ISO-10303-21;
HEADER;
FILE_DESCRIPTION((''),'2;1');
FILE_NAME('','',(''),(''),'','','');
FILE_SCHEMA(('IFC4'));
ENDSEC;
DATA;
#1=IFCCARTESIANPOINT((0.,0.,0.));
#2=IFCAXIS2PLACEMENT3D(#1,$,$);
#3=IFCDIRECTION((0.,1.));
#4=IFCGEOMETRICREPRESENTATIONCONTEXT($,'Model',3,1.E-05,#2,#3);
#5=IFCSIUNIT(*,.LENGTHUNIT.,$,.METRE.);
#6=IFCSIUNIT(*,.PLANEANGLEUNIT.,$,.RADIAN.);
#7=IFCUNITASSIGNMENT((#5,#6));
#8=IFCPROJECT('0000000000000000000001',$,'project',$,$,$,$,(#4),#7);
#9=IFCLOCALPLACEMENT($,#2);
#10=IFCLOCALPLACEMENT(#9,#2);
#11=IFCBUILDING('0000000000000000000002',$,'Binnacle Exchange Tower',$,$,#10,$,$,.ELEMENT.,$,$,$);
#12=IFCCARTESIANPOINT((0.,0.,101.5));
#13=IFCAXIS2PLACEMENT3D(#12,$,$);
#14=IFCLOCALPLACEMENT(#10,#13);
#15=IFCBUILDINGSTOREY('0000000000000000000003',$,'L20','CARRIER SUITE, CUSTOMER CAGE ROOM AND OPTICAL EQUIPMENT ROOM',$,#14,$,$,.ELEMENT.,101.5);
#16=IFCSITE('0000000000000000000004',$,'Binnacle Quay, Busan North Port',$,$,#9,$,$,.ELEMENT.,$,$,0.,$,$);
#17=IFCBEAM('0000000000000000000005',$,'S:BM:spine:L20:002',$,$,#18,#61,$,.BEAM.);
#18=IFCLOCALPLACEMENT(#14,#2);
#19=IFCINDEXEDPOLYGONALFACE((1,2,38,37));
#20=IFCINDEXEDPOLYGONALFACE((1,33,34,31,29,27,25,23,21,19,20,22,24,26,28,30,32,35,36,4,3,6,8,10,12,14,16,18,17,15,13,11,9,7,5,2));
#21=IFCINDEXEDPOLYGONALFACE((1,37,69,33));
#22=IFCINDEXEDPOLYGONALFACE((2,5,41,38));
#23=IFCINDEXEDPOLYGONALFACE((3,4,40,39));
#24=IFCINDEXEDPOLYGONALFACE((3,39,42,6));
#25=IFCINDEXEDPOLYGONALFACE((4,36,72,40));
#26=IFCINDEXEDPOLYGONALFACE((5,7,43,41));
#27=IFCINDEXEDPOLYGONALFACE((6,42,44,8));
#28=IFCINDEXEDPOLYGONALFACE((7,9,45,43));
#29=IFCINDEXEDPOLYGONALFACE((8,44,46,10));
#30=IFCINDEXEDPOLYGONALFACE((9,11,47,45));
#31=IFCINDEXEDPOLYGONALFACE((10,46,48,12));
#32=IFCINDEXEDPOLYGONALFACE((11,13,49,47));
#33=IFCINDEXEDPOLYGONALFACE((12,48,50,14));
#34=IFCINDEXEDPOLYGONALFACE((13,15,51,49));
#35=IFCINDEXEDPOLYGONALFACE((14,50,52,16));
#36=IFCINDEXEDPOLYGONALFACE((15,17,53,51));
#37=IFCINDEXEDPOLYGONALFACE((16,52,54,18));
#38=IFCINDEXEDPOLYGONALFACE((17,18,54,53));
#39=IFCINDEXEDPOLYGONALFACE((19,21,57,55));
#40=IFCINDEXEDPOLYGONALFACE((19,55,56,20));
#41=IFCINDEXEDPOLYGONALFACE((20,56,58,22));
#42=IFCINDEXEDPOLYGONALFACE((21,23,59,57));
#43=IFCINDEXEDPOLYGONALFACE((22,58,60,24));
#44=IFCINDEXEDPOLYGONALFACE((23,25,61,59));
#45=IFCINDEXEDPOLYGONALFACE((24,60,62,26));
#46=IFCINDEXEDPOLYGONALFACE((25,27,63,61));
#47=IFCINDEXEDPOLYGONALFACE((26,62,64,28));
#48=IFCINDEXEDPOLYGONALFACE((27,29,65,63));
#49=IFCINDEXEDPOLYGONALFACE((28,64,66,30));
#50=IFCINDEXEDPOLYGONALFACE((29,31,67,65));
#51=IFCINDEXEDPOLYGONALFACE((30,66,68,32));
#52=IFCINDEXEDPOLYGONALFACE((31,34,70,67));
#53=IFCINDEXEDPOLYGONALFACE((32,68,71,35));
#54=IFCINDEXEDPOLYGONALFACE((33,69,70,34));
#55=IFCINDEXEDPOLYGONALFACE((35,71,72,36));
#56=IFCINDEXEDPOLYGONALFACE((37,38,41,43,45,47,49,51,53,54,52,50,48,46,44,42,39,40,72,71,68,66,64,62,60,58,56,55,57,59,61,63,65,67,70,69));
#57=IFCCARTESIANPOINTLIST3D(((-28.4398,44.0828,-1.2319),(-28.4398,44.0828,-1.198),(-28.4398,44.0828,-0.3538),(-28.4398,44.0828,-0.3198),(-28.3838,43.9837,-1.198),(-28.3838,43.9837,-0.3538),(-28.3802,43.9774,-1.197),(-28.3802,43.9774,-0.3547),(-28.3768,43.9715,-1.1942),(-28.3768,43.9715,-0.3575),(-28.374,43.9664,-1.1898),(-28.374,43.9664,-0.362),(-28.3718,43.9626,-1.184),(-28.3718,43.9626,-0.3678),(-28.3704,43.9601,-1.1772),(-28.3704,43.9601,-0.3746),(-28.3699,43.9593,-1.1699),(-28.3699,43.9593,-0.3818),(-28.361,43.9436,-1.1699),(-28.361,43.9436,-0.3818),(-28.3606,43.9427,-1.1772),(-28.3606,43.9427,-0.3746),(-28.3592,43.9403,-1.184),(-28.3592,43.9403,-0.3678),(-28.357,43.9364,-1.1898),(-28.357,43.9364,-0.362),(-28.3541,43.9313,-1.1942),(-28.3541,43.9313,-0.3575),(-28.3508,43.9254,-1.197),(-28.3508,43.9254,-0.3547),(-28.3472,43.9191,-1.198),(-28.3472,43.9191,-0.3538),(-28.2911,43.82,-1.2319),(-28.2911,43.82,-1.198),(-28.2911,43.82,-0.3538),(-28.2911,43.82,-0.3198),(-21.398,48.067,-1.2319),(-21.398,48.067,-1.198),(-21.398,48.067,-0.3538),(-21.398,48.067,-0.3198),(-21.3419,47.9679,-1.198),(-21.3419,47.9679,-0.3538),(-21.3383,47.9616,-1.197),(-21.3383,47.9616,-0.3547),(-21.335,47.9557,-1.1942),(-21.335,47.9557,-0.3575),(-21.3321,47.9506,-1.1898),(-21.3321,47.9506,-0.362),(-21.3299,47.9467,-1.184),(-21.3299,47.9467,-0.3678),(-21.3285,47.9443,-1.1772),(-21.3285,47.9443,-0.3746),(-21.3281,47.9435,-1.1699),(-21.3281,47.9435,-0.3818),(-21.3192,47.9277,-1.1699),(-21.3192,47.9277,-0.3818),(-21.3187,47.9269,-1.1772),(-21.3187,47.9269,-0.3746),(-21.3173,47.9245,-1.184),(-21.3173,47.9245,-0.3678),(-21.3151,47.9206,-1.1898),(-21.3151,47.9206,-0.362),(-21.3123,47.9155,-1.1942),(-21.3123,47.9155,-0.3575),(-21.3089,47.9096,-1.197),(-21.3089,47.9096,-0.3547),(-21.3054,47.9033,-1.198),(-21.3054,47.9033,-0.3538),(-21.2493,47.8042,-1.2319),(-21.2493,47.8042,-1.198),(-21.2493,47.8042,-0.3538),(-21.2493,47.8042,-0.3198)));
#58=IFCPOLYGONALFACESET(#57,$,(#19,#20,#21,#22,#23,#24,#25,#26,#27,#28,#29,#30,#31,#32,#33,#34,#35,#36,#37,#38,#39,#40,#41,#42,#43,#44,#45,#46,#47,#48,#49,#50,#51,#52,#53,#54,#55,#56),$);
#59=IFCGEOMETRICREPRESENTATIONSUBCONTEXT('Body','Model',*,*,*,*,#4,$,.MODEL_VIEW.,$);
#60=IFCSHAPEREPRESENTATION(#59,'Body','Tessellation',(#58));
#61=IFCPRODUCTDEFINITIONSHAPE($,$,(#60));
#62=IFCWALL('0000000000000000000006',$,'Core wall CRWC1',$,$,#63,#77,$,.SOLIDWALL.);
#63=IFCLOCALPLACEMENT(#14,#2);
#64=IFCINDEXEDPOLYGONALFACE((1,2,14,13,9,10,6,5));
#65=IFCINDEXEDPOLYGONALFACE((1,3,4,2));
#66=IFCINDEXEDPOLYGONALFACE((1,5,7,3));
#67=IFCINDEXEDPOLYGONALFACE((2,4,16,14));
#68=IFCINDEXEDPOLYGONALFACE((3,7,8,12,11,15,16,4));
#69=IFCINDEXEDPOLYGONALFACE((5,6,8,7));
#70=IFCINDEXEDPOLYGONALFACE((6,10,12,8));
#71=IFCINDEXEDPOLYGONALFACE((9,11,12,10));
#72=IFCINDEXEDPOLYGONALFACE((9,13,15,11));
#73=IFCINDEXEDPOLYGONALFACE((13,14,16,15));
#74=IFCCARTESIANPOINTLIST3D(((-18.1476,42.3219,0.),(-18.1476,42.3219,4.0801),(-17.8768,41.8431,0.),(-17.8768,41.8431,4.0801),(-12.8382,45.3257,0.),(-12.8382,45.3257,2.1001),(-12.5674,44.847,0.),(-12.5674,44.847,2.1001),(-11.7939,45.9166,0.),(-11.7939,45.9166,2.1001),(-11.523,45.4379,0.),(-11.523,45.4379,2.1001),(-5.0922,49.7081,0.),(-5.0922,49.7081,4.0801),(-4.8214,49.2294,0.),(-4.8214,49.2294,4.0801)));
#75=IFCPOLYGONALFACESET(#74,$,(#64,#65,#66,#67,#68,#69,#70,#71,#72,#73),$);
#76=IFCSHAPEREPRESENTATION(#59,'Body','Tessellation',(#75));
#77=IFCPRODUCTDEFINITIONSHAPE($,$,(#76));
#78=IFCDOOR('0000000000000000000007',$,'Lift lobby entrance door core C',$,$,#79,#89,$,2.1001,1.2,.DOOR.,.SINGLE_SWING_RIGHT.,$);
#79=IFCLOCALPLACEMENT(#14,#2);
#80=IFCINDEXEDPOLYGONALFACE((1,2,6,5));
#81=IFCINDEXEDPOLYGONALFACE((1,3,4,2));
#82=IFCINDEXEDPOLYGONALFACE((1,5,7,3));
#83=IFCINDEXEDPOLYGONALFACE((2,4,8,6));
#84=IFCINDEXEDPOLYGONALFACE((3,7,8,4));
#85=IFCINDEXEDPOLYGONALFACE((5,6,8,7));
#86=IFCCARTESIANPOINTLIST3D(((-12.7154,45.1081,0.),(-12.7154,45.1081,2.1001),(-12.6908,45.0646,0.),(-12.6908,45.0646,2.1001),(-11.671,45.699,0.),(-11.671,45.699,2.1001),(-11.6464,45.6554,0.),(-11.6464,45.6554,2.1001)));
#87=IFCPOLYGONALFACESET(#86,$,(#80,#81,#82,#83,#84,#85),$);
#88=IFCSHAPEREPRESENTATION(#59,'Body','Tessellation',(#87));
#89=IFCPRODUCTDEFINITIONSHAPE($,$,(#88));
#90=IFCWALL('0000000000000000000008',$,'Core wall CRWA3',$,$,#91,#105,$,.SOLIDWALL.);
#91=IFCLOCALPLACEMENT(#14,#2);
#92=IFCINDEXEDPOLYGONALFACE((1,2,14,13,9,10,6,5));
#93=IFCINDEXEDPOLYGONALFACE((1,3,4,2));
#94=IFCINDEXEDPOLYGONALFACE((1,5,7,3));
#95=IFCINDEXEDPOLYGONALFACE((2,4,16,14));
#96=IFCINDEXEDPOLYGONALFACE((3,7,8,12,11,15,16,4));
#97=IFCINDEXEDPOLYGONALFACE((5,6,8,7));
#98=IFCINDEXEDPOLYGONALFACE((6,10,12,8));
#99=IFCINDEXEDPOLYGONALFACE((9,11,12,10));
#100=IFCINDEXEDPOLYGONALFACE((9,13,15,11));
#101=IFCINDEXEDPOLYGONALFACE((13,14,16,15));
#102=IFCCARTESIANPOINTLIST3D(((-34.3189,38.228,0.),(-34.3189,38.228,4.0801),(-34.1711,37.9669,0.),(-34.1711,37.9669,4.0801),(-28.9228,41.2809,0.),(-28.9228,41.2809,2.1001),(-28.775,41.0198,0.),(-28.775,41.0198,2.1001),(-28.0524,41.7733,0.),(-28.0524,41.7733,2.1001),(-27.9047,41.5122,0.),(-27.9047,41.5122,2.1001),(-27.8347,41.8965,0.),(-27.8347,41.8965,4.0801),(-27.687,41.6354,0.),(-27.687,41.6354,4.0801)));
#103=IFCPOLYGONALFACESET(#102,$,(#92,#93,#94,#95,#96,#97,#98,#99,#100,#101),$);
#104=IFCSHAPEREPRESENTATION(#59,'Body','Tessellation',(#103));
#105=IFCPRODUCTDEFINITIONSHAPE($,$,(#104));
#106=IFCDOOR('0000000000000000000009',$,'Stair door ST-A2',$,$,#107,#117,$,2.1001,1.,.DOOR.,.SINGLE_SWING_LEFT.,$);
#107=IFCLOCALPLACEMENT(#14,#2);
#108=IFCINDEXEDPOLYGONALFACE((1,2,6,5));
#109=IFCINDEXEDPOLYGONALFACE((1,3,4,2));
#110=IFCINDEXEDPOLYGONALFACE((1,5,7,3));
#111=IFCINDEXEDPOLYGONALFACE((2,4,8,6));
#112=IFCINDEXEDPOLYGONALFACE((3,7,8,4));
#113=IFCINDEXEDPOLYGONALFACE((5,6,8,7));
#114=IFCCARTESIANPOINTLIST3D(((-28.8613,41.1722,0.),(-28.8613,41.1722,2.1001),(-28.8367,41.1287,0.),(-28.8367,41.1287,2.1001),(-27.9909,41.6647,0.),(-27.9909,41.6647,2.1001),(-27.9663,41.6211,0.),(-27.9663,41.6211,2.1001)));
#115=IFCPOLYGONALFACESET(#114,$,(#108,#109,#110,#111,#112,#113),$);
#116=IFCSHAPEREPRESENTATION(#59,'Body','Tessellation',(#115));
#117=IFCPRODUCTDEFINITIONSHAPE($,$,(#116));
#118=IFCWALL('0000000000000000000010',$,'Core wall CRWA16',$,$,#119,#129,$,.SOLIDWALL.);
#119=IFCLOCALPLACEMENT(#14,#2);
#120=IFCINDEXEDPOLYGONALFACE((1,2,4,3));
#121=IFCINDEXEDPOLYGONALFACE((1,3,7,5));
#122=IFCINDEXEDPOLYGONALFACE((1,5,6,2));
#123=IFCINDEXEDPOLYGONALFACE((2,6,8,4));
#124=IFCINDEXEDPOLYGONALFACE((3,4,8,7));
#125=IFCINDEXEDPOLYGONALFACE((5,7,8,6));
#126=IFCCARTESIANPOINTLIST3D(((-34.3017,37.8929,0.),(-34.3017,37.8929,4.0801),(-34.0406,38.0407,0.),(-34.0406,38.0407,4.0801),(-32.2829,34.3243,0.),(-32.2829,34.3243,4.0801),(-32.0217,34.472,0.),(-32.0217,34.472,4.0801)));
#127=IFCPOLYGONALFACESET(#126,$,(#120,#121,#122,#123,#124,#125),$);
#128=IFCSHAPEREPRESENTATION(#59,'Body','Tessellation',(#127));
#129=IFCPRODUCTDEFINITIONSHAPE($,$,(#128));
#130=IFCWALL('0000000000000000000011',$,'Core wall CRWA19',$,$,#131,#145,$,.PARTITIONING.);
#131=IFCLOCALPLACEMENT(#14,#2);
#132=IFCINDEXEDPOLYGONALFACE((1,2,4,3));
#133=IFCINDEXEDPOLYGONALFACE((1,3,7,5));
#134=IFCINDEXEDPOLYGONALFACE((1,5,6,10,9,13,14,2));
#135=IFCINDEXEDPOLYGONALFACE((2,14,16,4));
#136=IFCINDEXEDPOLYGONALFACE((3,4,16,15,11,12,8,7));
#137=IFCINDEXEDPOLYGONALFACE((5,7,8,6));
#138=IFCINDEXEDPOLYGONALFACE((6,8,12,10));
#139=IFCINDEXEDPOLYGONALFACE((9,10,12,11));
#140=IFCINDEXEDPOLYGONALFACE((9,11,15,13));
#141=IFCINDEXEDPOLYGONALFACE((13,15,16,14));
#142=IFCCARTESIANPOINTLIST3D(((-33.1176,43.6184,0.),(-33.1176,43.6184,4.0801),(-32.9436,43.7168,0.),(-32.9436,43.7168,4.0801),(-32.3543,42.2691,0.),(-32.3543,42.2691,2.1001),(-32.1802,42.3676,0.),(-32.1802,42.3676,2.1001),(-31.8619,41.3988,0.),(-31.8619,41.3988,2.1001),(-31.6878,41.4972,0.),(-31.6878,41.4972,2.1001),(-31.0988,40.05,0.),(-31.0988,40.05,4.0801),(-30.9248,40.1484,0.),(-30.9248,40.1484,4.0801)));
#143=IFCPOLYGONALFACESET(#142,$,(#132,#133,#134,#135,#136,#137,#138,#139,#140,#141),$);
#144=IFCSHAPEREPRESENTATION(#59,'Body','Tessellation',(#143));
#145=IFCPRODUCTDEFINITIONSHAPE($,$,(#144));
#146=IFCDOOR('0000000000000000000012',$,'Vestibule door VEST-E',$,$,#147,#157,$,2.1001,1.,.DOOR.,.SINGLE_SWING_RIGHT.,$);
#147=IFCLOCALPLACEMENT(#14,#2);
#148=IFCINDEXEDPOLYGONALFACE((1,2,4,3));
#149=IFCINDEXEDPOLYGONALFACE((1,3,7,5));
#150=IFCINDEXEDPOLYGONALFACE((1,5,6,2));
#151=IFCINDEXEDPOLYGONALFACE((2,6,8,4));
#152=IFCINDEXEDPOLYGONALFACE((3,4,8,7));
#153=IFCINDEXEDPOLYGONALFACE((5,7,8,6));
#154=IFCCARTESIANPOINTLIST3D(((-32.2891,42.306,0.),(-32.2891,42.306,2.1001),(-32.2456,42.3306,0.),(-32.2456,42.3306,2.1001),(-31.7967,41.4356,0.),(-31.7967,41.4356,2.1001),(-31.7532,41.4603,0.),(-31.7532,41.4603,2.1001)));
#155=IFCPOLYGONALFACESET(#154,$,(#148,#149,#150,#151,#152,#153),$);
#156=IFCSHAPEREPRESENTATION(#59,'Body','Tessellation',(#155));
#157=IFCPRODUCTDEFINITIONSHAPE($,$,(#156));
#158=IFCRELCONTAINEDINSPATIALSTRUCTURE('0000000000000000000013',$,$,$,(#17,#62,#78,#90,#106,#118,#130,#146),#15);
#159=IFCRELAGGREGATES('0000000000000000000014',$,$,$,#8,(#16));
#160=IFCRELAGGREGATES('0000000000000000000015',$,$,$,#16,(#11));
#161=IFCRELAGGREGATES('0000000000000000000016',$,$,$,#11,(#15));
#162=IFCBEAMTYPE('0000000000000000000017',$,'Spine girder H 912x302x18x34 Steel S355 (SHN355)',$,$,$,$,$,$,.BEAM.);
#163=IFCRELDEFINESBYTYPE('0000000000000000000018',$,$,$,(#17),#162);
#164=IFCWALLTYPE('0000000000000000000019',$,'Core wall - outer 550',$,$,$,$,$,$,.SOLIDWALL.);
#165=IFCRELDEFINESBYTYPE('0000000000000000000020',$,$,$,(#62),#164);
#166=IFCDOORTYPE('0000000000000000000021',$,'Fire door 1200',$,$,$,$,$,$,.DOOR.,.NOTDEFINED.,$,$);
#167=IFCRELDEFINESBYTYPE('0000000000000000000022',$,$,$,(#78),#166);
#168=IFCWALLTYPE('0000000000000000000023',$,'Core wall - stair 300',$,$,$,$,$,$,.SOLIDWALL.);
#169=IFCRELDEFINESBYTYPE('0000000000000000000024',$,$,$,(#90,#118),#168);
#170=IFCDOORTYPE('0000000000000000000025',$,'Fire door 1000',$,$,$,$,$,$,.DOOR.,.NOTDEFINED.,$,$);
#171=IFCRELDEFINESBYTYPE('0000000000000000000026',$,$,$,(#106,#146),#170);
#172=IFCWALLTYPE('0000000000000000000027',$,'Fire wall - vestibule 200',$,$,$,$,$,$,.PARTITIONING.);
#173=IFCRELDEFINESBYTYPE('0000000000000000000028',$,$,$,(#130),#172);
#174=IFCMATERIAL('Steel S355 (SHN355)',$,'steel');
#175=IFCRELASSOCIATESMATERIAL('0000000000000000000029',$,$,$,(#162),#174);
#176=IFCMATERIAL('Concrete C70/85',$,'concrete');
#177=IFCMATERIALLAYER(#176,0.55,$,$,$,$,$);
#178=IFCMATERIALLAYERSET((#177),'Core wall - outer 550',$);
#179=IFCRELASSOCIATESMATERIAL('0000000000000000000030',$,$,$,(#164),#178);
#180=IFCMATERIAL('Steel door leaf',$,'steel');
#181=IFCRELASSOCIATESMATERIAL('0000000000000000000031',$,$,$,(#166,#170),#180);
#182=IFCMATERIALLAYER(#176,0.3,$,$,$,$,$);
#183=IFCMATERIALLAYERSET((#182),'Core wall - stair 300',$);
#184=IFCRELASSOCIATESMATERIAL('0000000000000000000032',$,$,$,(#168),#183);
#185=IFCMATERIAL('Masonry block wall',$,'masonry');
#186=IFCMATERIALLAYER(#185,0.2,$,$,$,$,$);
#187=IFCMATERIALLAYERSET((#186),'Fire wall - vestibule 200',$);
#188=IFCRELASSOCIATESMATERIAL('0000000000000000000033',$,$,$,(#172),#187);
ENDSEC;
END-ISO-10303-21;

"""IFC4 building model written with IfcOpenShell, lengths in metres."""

from ifc_helpers import new_model, si_unit, direction, frame, frame_2d, origin, origin_2d, place, context, subcontext, project, spatial, rectangle, i_section, extrude, material, layer, layer_set, material_profile, profile_set, type_object, element, fill, save


model = new_model("IFC4")

# Units and contexts
model_context = context("Model", 3, precision=1e-05, world=origin(), true_north=direction((0.0, 1.0)))
body_context = subcontext(model_context, "Body", "Model", "MODEL_VIEW")
ifc_project = project(units=[si_unit("LENGTHUNIT", "METRE"), si_unit("PLANEANGLEUNIT", "RADIAN")], contexts=[model_context])

# Site, building, storey
site_placement = place(None, origin())
site = spatial("IfcSite", under=ifc_project, at=site_placement, Name="Binnacle Quay, Busan North Port", CompositionType="ELEMENT", RefElevation=0.0)
building_placement = place(site_placement, origin())
building = spatial("IfcBuilding", under=site, at=building_placement, Name="Binnacle Exchange Tower", CompositionType="ELEMENT")
storey_placement = place(building_placement, frame((0.0, 0.0, 101.5)))
storey = spatial("IfcBuildingStorey", under=building, at=storey_placement, Name="L20", Description="CARRIER SUITE, CUSTOMER CAGE ROOM AND OPTICAL EQUIPMENT ROOM", CompositionType="ELEMENT", Elevation=101.5)

# Shared definitions
ifc_material_1 = material(Name="Concrete C70/85", Category="concrete")

# Beam
ifc_material_2 = material(Name="Steel S355 (SHN355)", Category="steel")
ifc_material_profile_1 = material_profile(ifc_material_2, i_section(OverallWidth=0.302, OverallDepth=0.9121, WebThickness=0.0181, FlangeThickness=0.0339, FilletRadius=0.0281, at=origin_2d()), Name="H 912x302x18x34")
ifc_profile_set_1 = profile_set([ifc_material_profile_1], Name="Steel S355 (SHN355)")
beam_type_1 = type_object("IfcBeamType", Name="Spine girder H 912x302x18x34 Steel S355 (SHN355)", PredefinedType="BEAM", material=ifc_profile_set_1)
beam_1_placement = place(storey_placement, frame((-28.3655, 43.9514, -0.7759), z_axis=(0.87035, 0.492433, 0.0), x_axis=(-0.492433, 0.87035, 0.0)))
element("IfcBeam", 1, at=beam_1_placement, inside=storey, type_object=beam_type_1, Name="S:BM:spine:L20:002", PredefinedType="BEAM", context=body_context, shape_type="SweptSolid", body=[
    extrude(i_section(OverallWidth=0.302, OverallDepth=0.9121, WebThickness=0.0181, FlangeThickness=0.0339, FilletRadius=0.0281, at=origin_2d()), origin(), (0.0, 0.0, 1.0), 8.0908),
])

# Walls, openings, doors
ifc_layer_1 = layer(ifc_material_1, 0.55)
ifc_layer_set_1 = layer_set([ifc_layer_1], Name="Core wall - outer 550")
wall_type_1 = type_object("IfcWallType", Name="Core wall - outer 550", PredefinedType="SOLIDWALL", material=ifc_layer_set_1)
wall_1_placement = place(storey_placement, frame((-18.0122, 42.0825, 0.0), z_axis=(0.0, 0.0, 1.0), x_axis=(0.870361, 0.492415, 0.0)))
wall_1 = element("IfcWall", 2, at=wall_1_placement, inside=storey, type_object=wall_type_1, Name="Core wall CRWC1", PredefinedType="SOLIDWALL", context=body_context, shape_type="SweptSolid", body=[
    extrude(rectangle(XDim=15.0, YDim=0.55, at=frame_2d((7.5, 0.0))), origin(), (0.0, 0.0, 1.0), 4.0801),
])
opening_1_placement = place(wall_1_placement, frame((6.1001, 0.0, 0.0)))
opening_1 = element("IfcOpeningElement", 3, at=opening_1_placement, cuts=wall_1, PredefinedType="OPENING", context=body_context, shape_type="SweptSolid", body=[
    extrude(rectangle(XDim=1.2, YDim=2.1001, at=frame_2d((0.6001, 1.05))), frame((0.0, 0.2849, 0.0), z_axis=(0.0, -1.0, 0.0), x_axis=(1.0, 0.0, 0.0)), (0.0, 0.0, 1.0), 0.5701),
])
ifc_material_3 = material(Name="Steel door leaf", Category="steel")
door_type_1 = type_object("IfcDoorType", Name="Fire door 1200", OperationType="NOTDEFINED", PredefinedType="DOOR", material=ifc_material_3)
door_1_placement = place(opening_1_placement, frame((1.2, 0.0, 0.0), z_axis=(0.0, 0.0, 1.0), x_axis=(-1.0, 0.0, 0.0)))
door_1 = element("IfcDoor", 4, at=door_1_placement, inside=storey, type_object=door_type_1, Name="Lift lobby entrance door core C", OperationType="SINGLE_SWING_RIGHT", OverallHeight=2.1001, OverallWidth=1.2, PredefinedType="DOOR", context=body_context, shape_type="SweptSolid", body=[
    extrude(rectangle(XDim=1.2, YDim=2.1001, at=frame_2d((0.6001, 1.05))), frame((0.0, 0.0249, 0.0), z_axis=(0.0, -1.0, 0.0), x_axis=(1.0, 0.0, 0.0)), (0.0, 0.0, 1.0), 0.05),
])
fill(opening_1, door_1)
ifc_layer_2 = layer(ifc_material_1, 0.3)
ifc_layer_set_2 = layer_set([ifc_layer_2], Name="Core wall - stair 300")
wall_type_2 = type_object("IfcWallType", Name="Core wall - stair 300", PredefinedType="SOLIDWALL", material=ifc_layer_set_2)
wall_2_placement = place(storey_placement, frame((-34.2451, 38.0974, 0.0), z_axis=(0.0, 0.0, 1.0), x_axis=(0.870361, 0.492415, 0.0)))
wall_2 = element("IfcWall", 5, at=wall_2_placement, inside=storey, type_object=wall_type_2, Name="Core wall CRWA3", PredefinedType="SOLIDWALL", context=body_context, shape_type="SweptSolid", body=[
    extrude(rectangle(XDim=7.45, YDim=0.3, at=frame_2d((3.7251, 0.0))), origin(), (0.0, 0.0, 1.0), 4.0801),
])
opening_2_placement = place(wall_2_placement, frame((6.2, 0.0, 0.0)))
opening_2 = element("IfcOpeningElement", 6, at=opening_2_placement, cuts=wall_2, PredefinedType="OPENING", context=body_context, shape_type="SweptSolid", body=[
    extrude(rectangle(XDim=1.0, YDim=2.1001, at=frame_2d((0.5, 1.05))), frame((0.0, 0.1599, 0.0), z_axis=(0.0, -1.0, 0.0), x_axis=(1.0, 0.0, 0.0)), (0.0, 0.0, 1.0), 0.3201),
])
door_type_2 = type_object("IfcDoorType", Name="Fire door 1000", OperationType="NOTDEFINED", PredefinedType="DOOR", material=ifc_material_3)
door_2_placement = place(opening_2_placement, frame((1.0, 0.0, 0.0), z_axis=(0.0, 0.0, 1.0), x_axis=(-1.0, 0.0, 0.0)))
door_2 = element("IfcDoor", 7, at=door_2_placement, inside=storey, type_object=door_type_2, Name="Stair door ST-A2", OperationType="SINGLE_SWING_LEFT", OverallHeight=2.1001, OverallWidth=1.0, PredefinedType="DOOR", context=body_context, shape_type="SweptSolid", body=[
    extrude(rectangle(XDim=1.0, YDim=2.1001, at=frame_2d((0.5, 1.05))), frame((0.0, 0.0249, 0.0), z_axis=(0.0, -1.0, 0.0), x_axis=(1.0, 0.0, 0.0)), (0.0, 0.0, 1.0), 0.05),
])
fill(opening_2, door_2)

# Wall
wall_3_placement = place(storey_placement, frame((-34.1711, 37.9668, 0.0), z_axis=(0.0, 0.0, 1.0), x_axis=(0.492383, -0.870379, 0.0)))
element("IfcWall", 8, at=wall_3_placement, inside=storey, type_object=wall_type_2, Name="Core wall CRWA16", PredefinedType="SOLIDWALL", context=body_context, shape_type="SweptSolid", body=[
    extrude(rectangle(XDim=4.1001, YDim=0.3, at=frame_2d((2.05, 0.0))), origin(), (0.0, 0.0, 1.0), 4.0801),
])

# Wall, opening, door
ifc_material_4 = material(Name="Masonry block wall", Category="masonry")
ifc_layer_3 = layer(ifc_material_4, 0.2)
ifc_layer_set_3 = layer_set([ifc_layer_3], Name="Fire wall - vestibule 200")
wall_type_3 = type_object("IfcWallType", Name="Fire wall - vestibule 200", PredefinedType="PARTITIONING", material=ifc_layer_set_3)
wall_4_placement = place(storey_placement, frame((-33.0305, 43.6675, 0.0), z_axis=(0.0, 0.0, 1.0), x_axis=(0.492408, -0.870364, 0.0)))
wall_4 = element("IfcWall", 9, at=wall_4_placement, inside=storey, type_object=wall_type_3, Name="Core wall CRWA19", PredefinedType="PARTITIONING", context=body_context, shape_type="SweptSolid", body=[
    extrude(rectangle(XDim=4.0999, YDim=0.2, at=frame_2d((2.0498, 0.0))), origin(), (0.0, 0.0, 1.0), 4.0801),
])
opening_3_placement = place(wall_4_placement, frame((1.55, 0.0, 0.0)))
opening_3 = element("IfcOpeningElement", 10, at=opening_3_placement, cuts=wall_4, PredefinedType="OPENING", context=body_context, shape_type="SweptSolid", body=[
    extrude(rectangle(XDim=1.0, YDim=2.1001, at=frame_2d((0.5, 1.05))), frame((0.0, 0.1099, 0.0), z_axis=(0.0, -1.0, 0.0), x_axis=(1.0, 0.0, 0.0)), (0.0, 0.0, 1.0), 0.22),
])
door_3_placement = place(opening_3_placement, origin())
door_3 = element("IfcDoor", 11, at=door_3_placement, inside=storey, type_object=door_type_2, Name="Vestibule door VEST-E", OperationType="SINGLE_SWING_RIGHT", OverallHeight=2.1001, OverallWidth=1.0, PredefinedType="DOOR", context=body_context, shape_type="SweptSolid", body=[
    extrude(rectangle(XDim=1.0, YDim=2.1001, at=frame_2d((0.5, 1.05))), frame((0.0, 0.0249, 0.0), z_axis=(0.0, -1.0, 0.0), x_axis=(1.0, 0.0, 0.0)), (0.0, 0.0, 1.0), 0.05),
])
fill(opening_3, door_3)

save(model, "model.ifc")
